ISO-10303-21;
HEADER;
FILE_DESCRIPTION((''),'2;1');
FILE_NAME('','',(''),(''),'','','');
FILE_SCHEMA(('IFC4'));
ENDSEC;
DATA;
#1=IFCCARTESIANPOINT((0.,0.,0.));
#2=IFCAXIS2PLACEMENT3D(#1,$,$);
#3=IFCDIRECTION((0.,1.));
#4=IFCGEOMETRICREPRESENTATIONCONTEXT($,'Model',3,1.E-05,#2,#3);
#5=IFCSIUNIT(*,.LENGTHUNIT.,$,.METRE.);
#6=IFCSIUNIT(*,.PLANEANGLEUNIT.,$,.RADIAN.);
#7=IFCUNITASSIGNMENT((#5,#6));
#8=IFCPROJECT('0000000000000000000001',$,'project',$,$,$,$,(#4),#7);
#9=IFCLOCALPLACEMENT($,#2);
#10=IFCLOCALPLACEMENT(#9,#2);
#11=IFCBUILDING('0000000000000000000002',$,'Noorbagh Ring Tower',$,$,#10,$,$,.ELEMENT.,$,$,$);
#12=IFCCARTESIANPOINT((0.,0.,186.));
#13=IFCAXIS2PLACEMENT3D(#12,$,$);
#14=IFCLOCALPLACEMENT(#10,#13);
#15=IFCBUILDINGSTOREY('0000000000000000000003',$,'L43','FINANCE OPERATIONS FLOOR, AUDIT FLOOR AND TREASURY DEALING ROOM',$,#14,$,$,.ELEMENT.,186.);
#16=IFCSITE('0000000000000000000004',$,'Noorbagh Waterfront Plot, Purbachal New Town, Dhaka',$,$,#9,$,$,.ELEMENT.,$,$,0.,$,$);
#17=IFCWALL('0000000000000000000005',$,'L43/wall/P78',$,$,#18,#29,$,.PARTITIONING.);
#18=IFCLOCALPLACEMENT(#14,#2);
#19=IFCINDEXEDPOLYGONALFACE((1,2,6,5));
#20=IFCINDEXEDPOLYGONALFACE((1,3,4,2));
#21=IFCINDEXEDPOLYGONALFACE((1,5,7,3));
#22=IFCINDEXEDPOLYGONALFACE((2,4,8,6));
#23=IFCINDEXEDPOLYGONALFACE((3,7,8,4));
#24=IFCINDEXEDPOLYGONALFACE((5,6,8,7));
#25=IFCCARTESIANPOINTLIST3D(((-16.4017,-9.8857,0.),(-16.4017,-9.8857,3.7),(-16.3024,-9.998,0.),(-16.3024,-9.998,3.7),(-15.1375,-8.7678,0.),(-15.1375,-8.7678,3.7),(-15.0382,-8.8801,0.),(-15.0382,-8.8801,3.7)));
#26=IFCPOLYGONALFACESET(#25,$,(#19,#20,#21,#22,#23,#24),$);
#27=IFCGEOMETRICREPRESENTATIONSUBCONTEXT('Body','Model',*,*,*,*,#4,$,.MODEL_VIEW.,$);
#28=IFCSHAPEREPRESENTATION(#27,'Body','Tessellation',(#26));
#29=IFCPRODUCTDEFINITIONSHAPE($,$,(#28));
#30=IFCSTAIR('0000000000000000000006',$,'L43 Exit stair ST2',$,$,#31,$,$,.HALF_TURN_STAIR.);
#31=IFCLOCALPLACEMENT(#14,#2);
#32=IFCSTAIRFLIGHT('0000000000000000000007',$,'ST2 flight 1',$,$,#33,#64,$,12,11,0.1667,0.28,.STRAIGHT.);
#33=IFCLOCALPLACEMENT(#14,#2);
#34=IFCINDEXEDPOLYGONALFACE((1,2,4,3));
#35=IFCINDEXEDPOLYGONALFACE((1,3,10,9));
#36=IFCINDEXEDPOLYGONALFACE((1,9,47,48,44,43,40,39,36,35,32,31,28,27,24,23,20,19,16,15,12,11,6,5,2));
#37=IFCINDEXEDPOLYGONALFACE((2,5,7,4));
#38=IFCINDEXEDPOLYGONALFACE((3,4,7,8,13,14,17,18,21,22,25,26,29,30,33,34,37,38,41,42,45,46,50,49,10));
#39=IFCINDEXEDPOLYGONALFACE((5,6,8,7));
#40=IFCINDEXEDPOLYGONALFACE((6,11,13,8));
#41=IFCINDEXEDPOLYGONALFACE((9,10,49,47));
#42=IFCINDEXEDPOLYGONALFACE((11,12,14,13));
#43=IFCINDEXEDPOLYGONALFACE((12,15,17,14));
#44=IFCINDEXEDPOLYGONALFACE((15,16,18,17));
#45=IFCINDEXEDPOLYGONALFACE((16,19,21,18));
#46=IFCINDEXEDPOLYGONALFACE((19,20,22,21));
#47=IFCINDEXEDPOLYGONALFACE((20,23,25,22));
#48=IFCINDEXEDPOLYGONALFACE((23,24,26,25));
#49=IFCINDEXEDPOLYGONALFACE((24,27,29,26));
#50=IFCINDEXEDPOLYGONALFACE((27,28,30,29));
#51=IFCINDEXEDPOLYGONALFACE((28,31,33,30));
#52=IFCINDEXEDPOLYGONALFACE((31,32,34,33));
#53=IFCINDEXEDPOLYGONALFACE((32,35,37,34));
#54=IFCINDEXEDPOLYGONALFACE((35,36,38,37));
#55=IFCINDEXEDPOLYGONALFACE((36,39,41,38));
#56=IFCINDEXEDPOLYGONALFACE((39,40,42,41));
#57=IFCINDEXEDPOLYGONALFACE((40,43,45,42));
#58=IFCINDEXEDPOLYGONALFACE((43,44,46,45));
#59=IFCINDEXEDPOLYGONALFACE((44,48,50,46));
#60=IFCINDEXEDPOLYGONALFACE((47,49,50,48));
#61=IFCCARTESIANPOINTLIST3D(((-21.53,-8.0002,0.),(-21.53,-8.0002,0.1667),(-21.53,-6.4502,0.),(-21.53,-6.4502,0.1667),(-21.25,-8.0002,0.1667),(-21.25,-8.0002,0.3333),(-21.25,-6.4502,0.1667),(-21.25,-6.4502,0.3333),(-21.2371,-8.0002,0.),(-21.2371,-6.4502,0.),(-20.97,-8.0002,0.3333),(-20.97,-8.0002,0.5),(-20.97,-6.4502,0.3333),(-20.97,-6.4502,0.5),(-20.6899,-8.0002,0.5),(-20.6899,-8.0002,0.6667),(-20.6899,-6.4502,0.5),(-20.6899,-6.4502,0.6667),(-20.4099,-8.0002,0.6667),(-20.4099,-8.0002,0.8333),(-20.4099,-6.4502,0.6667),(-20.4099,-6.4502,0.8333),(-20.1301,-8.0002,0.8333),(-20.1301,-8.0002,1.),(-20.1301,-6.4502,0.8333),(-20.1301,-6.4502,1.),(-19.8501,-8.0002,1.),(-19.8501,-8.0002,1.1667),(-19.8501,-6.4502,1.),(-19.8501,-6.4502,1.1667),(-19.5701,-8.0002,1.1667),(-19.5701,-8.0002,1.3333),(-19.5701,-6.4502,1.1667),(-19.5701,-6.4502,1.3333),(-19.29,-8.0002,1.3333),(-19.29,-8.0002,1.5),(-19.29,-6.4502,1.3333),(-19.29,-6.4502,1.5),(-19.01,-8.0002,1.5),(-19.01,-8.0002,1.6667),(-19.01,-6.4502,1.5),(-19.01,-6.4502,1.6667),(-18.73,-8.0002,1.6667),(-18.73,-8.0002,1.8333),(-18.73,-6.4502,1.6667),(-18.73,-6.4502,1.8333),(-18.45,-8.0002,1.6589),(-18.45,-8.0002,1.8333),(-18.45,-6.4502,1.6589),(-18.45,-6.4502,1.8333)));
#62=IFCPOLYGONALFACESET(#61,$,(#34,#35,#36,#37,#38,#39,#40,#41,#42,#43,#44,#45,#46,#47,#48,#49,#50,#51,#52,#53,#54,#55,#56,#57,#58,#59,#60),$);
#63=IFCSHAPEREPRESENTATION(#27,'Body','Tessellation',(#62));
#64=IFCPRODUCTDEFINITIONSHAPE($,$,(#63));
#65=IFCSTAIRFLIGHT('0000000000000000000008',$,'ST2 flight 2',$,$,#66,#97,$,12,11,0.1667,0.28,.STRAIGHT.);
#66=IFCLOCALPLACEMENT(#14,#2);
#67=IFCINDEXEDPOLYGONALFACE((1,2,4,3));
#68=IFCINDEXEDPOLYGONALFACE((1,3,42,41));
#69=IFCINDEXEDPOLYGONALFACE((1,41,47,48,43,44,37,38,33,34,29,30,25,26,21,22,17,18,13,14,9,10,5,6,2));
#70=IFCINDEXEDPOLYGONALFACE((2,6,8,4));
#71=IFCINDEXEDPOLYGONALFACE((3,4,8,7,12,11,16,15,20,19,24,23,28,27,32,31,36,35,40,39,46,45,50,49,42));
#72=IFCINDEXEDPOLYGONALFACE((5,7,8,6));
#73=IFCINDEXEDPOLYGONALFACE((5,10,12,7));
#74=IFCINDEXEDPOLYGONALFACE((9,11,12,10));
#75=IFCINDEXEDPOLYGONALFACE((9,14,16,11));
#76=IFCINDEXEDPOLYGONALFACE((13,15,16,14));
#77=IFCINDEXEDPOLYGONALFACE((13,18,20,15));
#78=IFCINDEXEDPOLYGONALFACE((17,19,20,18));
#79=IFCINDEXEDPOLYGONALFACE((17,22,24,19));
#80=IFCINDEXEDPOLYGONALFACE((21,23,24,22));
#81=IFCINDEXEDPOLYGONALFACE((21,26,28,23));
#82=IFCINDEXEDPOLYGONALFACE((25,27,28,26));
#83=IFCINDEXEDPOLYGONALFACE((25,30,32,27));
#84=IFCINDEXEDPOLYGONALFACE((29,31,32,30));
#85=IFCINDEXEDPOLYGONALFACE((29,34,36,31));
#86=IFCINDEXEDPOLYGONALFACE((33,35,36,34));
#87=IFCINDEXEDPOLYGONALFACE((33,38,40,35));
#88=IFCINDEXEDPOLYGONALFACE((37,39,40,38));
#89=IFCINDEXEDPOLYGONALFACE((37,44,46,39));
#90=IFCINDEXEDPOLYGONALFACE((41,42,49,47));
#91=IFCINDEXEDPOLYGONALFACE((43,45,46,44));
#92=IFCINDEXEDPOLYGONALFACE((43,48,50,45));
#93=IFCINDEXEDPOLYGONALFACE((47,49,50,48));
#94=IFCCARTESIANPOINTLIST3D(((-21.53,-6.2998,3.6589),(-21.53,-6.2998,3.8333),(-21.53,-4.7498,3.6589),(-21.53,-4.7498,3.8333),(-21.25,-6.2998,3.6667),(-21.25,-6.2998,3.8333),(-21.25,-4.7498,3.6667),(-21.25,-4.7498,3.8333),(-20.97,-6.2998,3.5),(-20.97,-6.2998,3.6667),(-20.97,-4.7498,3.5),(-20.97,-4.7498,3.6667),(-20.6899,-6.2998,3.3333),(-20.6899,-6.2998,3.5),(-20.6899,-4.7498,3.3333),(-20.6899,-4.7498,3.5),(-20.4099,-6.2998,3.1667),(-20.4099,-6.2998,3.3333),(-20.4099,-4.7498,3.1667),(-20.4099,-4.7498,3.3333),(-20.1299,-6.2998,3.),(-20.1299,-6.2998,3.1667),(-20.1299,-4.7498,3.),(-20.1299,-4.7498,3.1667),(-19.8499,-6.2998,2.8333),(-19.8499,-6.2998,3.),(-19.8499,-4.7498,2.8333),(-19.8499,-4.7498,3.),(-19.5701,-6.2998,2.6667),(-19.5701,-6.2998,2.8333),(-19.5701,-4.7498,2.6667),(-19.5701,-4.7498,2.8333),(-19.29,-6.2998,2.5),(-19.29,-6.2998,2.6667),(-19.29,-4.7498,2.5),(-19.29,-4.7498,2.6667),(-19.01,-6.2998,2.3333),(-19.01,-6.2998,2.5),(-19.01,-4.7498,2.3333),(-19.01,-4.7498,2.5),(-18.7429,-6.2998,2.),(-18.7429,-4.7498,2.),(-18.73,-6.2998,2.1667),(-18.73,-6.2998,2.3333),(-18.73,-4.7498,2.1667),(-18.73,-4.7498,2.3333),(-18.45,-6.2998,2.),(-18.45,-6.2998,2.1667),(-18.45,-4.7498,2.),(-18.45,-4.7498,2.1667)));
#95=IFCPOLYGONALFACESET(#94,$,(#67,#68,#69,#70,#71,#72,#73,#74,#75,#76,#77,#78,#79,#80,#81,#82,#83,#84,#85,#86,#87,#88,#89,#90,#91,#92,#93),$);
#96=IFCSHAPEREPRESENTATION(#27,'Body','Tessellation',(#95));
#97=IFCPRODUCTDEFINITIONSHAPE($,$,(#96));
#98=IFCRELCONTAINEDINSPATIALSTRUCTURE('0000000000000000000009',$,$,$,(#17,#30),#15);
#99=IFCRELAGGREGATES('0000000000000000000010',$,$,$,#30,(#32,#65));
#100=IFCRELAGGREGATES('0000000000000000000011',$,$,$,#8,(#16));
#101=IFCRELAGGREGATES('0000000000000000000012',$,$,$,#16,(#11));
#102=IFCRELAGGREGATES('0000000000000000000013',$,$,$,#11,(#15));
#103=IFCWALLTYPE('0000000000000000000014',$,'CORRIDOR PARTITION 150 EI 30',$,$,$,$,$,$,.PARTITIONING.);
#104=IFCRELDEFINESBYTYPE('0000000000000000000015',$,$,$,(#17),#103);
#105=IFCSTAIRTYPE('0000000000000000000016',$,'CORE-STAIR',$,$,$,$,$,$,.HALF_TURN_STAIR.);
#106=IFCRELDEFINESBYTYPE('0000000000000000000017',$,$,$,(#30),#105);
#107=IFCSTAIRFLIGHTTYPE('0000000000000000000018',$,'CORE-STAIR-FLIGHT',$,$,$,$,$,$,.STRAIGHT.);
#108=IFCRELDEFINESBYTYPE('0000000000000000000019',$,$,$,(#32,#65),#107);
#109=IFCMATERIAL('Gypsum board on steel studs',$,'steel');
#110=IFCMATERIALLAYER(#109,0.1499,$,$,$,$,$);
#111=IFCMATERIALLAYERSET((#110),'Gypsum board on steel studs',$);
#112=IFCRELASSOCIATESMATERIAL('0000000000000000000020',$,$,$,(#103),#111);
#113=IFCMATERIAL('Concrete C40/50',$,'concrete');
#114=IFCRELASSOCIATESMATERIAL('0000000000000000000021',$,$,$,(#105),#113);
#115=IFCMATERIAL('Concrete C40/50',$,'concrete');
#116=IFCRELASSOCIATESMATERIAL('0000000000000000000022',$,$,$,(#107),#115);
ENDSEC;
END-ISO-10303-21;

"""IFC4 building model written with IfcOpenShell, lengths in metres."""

from ifc_helpers import new_model, si_unit, direction, frame, frame_2d, origin, place, context, subcontext, project, spatial, polyline, rectangle, outline, extrude, material, layer, layer_set, type_object, element, aggregate, save


model = new_model("IFC4")

# Units and contexts
model_context = context("Model", 3, precision=1e-05, world=origin(), true_north=direction((0.0, 1.0)))
body_context = subcontext(model_context, "Body", "Model", "MODEL_VIEW")
ifc_project = project(units=[si_unit("LENGTHUNIT", "METRE"), si_unit("PLANEANGLEUNIT", "RADIAN")], contexts=[model_context])

# Site, building, storey
site_placement = place(None, origin())
site = spatial("IfcSite", under=ifc_project, at=site_placement, Name="Noorbagh Waterfront Plot, Purbachal New Town, Dhaka", CompositionType="ELEMENT", RefElevation=0.0)
building_placement = place(site_placement, origin())
building = spatial("IfcBuilding", under=site, at=building_placement, Name="Noorbagh Ring Tower", CompositionType="ELEMENT")
storey_placement = place(building_placement, frame((0.0, 0.0, 186.0)))
storey = spatial("IfcBuildingStorey", under=building, at=storey_placement, Name="L43", Description="FINANCE OPERATIONS FLOOR, AUDIT FLOOR AND TREASURY DEALING ROOM", CompositionType="ELEMENT", Elevation=186.0)

# Shared definitions
ifc_material_1 = material(Name="Gypsum board on steel studs", Category="steel")
ifc_layer_1 = layer(ifc_material_1, 0.1499)
ifc_layer_set_1 = layer_set([ifc_layer_1], Name="Gypsum board on steel studs")
wall_type_1 = type_object("IfcWallType", Name="CORRIDOR PARTITION 150 EI 30", PredefinedType="PARTITIONING", material=ifc_layer_set_1)

# Wall
wall_1_placement = place(storey_placement, frame((-15.0879, -8.824, 0.0), z_axis=(0.0, 0.0, 1.0), x_axis=(-0.749107, -0.662449, 0.0)))
element("IfcWall", 1, at=wall_1_placement, inside=storey, type_object=wall_type_1, Name="L43/wall/P78", PredefinedType="PARTITIONING", context=body_context, shape_type="SweptSolid", body=[
    extrude(rectangle(XDim=1.6875, YDim=0.1499, at=frame_2d((0.8438, 0.0))), origin(), (0.0, 0.0, 1.0), 3.7),
])

# Stair, stair flights
ifc_material_2 = material(Name="Concrete C40/50", Category="concrete")
stair_type = type_object("IfcStairType", Name="CORE-STAIR", PredefinedType="HALF_TURN_STAIR", material=ifc_material_2)
stair_placement = place(storey_placement, origin())
stair = element("IfcStair", 2, at=stair_placement, inside=storey, type_object=stair_type, Name="L43 Exit stair ST2", PredefinedType="HALF_TURN_STAIR")
ifc_material_3 = material(Name="Concrete C40/50", Category="concrete")
stair_flight_type = type_object("IfcStairFlightType", Name="CORE-STAIR-FLIGHT", PredefinedType="STRAIGHT", material=ifc_material_3)
stair_flight_1_placement = place(storey_placement, frame((-21.53, -7.2251, 0.0), z_axis=(0.0, 0.0, 1.0), x_axis=(1.0, 0.0, 0.0)))
stair_flight_1 = element("IfcStairFlight", 3, at=stair_flight_1_placement, type_object=stair_flight_type, Name="ST2 flight 1", NumberOfRisers=12, NumberOfTreads=11, PredefinedType="STRAIGHT", RiserHeight=0.1667, TreadLength=0.28, context=body_context, shape_type="SweptSolid", body=[
    extrude(outline(polyline([(0.0, 0.0), (0.0, 0.1667), (0.28, 0.1667), (0.28, 0.3333), (0.5601, 0.3333), (0.5601, 0.5), (0.8401, 0.5), (0.8401, 0.6667), (1.1201, 0.6667), (1.1201, 0.8333), (1.3999, 0.8333), (1.3999, 1.0), (1.6799, 1.0), (1.6799, 1.1667), (1.96, 1.1667), (1.96, 1.3333), (2.24, 1.3333), (2.24, 1.5), (2.52, 1.5), (2.52, 1.6667), (2.8, 1.6667), (2.8, 1.8333), (3.0801, 1.8333), (3.0801, 2.0), (3.0801, 1.6589), (0.293, 0.0), (0.0, 0.0)])), frame((0.0, 0.7749, 0.0), z_axis=(0.0, -1.0, 0.0), x_axis=(1.0, 0.0, 0.0)), (0.0, 0.0, 1.0), 1.55),
])
stair_flight_2_placement = place(storey_placement, frame((-18.45, -5.5249, 2.0), z_axis=(0.0, 0.0, 1.0), x_axis=(-1.0, 0.0, 0.0)))
stair_flight_2 = element("IfcStairFlight", 4, at=stair_flight_2_placement, type_object=stair_flight_type, Name="ST2 flight 2", NumberOfRisers=12, NumberOfTreads=11, PredefinedType="STRAIGHT", RiserHeight=0.1667, TreadLength=0.28, context=body_context, shape_type="SweptSolid", body=[
    extrude(outline(polyline([(0.0, 0.0), (0.0, 0.1667), (0.28, 0.1667), (0.28, 0.3333), (0.5601, 0.3333), (0.5601, 0.5), (0.8401, 0.5), (0.8401, 0.6667), (1.1201, 0.6667), (1.1201, 0.8333), (1.3999, 0.8333), (1.3999, 1.0), (1.6799, 1.0), (1.6799, 1.1667), (1.96, 1.1667), (1.96, 1.3333), (2.24, 1.3333), (2.24, 1.5), (2.52, 1.5), (2.52, 1.6667), (2.8, 1.6667), (2.8, 1.8333), (3.0801, 1.8333), (3.0801, 2.0), (3.0801, 1.6589), (0.293, 0.0), (0.0, 0.0)])), frame((0.0, 0.7749, 0.0), z_axis=(0.0, -1.0, 0.0), x_axis=(1.0, 0.0, 0.0)), (0.0, 0.0, 1.0), 1.55),
])
aggregate(stair, [stair_flight_1, stair_flight_2])

save(model, "model.ifc")
